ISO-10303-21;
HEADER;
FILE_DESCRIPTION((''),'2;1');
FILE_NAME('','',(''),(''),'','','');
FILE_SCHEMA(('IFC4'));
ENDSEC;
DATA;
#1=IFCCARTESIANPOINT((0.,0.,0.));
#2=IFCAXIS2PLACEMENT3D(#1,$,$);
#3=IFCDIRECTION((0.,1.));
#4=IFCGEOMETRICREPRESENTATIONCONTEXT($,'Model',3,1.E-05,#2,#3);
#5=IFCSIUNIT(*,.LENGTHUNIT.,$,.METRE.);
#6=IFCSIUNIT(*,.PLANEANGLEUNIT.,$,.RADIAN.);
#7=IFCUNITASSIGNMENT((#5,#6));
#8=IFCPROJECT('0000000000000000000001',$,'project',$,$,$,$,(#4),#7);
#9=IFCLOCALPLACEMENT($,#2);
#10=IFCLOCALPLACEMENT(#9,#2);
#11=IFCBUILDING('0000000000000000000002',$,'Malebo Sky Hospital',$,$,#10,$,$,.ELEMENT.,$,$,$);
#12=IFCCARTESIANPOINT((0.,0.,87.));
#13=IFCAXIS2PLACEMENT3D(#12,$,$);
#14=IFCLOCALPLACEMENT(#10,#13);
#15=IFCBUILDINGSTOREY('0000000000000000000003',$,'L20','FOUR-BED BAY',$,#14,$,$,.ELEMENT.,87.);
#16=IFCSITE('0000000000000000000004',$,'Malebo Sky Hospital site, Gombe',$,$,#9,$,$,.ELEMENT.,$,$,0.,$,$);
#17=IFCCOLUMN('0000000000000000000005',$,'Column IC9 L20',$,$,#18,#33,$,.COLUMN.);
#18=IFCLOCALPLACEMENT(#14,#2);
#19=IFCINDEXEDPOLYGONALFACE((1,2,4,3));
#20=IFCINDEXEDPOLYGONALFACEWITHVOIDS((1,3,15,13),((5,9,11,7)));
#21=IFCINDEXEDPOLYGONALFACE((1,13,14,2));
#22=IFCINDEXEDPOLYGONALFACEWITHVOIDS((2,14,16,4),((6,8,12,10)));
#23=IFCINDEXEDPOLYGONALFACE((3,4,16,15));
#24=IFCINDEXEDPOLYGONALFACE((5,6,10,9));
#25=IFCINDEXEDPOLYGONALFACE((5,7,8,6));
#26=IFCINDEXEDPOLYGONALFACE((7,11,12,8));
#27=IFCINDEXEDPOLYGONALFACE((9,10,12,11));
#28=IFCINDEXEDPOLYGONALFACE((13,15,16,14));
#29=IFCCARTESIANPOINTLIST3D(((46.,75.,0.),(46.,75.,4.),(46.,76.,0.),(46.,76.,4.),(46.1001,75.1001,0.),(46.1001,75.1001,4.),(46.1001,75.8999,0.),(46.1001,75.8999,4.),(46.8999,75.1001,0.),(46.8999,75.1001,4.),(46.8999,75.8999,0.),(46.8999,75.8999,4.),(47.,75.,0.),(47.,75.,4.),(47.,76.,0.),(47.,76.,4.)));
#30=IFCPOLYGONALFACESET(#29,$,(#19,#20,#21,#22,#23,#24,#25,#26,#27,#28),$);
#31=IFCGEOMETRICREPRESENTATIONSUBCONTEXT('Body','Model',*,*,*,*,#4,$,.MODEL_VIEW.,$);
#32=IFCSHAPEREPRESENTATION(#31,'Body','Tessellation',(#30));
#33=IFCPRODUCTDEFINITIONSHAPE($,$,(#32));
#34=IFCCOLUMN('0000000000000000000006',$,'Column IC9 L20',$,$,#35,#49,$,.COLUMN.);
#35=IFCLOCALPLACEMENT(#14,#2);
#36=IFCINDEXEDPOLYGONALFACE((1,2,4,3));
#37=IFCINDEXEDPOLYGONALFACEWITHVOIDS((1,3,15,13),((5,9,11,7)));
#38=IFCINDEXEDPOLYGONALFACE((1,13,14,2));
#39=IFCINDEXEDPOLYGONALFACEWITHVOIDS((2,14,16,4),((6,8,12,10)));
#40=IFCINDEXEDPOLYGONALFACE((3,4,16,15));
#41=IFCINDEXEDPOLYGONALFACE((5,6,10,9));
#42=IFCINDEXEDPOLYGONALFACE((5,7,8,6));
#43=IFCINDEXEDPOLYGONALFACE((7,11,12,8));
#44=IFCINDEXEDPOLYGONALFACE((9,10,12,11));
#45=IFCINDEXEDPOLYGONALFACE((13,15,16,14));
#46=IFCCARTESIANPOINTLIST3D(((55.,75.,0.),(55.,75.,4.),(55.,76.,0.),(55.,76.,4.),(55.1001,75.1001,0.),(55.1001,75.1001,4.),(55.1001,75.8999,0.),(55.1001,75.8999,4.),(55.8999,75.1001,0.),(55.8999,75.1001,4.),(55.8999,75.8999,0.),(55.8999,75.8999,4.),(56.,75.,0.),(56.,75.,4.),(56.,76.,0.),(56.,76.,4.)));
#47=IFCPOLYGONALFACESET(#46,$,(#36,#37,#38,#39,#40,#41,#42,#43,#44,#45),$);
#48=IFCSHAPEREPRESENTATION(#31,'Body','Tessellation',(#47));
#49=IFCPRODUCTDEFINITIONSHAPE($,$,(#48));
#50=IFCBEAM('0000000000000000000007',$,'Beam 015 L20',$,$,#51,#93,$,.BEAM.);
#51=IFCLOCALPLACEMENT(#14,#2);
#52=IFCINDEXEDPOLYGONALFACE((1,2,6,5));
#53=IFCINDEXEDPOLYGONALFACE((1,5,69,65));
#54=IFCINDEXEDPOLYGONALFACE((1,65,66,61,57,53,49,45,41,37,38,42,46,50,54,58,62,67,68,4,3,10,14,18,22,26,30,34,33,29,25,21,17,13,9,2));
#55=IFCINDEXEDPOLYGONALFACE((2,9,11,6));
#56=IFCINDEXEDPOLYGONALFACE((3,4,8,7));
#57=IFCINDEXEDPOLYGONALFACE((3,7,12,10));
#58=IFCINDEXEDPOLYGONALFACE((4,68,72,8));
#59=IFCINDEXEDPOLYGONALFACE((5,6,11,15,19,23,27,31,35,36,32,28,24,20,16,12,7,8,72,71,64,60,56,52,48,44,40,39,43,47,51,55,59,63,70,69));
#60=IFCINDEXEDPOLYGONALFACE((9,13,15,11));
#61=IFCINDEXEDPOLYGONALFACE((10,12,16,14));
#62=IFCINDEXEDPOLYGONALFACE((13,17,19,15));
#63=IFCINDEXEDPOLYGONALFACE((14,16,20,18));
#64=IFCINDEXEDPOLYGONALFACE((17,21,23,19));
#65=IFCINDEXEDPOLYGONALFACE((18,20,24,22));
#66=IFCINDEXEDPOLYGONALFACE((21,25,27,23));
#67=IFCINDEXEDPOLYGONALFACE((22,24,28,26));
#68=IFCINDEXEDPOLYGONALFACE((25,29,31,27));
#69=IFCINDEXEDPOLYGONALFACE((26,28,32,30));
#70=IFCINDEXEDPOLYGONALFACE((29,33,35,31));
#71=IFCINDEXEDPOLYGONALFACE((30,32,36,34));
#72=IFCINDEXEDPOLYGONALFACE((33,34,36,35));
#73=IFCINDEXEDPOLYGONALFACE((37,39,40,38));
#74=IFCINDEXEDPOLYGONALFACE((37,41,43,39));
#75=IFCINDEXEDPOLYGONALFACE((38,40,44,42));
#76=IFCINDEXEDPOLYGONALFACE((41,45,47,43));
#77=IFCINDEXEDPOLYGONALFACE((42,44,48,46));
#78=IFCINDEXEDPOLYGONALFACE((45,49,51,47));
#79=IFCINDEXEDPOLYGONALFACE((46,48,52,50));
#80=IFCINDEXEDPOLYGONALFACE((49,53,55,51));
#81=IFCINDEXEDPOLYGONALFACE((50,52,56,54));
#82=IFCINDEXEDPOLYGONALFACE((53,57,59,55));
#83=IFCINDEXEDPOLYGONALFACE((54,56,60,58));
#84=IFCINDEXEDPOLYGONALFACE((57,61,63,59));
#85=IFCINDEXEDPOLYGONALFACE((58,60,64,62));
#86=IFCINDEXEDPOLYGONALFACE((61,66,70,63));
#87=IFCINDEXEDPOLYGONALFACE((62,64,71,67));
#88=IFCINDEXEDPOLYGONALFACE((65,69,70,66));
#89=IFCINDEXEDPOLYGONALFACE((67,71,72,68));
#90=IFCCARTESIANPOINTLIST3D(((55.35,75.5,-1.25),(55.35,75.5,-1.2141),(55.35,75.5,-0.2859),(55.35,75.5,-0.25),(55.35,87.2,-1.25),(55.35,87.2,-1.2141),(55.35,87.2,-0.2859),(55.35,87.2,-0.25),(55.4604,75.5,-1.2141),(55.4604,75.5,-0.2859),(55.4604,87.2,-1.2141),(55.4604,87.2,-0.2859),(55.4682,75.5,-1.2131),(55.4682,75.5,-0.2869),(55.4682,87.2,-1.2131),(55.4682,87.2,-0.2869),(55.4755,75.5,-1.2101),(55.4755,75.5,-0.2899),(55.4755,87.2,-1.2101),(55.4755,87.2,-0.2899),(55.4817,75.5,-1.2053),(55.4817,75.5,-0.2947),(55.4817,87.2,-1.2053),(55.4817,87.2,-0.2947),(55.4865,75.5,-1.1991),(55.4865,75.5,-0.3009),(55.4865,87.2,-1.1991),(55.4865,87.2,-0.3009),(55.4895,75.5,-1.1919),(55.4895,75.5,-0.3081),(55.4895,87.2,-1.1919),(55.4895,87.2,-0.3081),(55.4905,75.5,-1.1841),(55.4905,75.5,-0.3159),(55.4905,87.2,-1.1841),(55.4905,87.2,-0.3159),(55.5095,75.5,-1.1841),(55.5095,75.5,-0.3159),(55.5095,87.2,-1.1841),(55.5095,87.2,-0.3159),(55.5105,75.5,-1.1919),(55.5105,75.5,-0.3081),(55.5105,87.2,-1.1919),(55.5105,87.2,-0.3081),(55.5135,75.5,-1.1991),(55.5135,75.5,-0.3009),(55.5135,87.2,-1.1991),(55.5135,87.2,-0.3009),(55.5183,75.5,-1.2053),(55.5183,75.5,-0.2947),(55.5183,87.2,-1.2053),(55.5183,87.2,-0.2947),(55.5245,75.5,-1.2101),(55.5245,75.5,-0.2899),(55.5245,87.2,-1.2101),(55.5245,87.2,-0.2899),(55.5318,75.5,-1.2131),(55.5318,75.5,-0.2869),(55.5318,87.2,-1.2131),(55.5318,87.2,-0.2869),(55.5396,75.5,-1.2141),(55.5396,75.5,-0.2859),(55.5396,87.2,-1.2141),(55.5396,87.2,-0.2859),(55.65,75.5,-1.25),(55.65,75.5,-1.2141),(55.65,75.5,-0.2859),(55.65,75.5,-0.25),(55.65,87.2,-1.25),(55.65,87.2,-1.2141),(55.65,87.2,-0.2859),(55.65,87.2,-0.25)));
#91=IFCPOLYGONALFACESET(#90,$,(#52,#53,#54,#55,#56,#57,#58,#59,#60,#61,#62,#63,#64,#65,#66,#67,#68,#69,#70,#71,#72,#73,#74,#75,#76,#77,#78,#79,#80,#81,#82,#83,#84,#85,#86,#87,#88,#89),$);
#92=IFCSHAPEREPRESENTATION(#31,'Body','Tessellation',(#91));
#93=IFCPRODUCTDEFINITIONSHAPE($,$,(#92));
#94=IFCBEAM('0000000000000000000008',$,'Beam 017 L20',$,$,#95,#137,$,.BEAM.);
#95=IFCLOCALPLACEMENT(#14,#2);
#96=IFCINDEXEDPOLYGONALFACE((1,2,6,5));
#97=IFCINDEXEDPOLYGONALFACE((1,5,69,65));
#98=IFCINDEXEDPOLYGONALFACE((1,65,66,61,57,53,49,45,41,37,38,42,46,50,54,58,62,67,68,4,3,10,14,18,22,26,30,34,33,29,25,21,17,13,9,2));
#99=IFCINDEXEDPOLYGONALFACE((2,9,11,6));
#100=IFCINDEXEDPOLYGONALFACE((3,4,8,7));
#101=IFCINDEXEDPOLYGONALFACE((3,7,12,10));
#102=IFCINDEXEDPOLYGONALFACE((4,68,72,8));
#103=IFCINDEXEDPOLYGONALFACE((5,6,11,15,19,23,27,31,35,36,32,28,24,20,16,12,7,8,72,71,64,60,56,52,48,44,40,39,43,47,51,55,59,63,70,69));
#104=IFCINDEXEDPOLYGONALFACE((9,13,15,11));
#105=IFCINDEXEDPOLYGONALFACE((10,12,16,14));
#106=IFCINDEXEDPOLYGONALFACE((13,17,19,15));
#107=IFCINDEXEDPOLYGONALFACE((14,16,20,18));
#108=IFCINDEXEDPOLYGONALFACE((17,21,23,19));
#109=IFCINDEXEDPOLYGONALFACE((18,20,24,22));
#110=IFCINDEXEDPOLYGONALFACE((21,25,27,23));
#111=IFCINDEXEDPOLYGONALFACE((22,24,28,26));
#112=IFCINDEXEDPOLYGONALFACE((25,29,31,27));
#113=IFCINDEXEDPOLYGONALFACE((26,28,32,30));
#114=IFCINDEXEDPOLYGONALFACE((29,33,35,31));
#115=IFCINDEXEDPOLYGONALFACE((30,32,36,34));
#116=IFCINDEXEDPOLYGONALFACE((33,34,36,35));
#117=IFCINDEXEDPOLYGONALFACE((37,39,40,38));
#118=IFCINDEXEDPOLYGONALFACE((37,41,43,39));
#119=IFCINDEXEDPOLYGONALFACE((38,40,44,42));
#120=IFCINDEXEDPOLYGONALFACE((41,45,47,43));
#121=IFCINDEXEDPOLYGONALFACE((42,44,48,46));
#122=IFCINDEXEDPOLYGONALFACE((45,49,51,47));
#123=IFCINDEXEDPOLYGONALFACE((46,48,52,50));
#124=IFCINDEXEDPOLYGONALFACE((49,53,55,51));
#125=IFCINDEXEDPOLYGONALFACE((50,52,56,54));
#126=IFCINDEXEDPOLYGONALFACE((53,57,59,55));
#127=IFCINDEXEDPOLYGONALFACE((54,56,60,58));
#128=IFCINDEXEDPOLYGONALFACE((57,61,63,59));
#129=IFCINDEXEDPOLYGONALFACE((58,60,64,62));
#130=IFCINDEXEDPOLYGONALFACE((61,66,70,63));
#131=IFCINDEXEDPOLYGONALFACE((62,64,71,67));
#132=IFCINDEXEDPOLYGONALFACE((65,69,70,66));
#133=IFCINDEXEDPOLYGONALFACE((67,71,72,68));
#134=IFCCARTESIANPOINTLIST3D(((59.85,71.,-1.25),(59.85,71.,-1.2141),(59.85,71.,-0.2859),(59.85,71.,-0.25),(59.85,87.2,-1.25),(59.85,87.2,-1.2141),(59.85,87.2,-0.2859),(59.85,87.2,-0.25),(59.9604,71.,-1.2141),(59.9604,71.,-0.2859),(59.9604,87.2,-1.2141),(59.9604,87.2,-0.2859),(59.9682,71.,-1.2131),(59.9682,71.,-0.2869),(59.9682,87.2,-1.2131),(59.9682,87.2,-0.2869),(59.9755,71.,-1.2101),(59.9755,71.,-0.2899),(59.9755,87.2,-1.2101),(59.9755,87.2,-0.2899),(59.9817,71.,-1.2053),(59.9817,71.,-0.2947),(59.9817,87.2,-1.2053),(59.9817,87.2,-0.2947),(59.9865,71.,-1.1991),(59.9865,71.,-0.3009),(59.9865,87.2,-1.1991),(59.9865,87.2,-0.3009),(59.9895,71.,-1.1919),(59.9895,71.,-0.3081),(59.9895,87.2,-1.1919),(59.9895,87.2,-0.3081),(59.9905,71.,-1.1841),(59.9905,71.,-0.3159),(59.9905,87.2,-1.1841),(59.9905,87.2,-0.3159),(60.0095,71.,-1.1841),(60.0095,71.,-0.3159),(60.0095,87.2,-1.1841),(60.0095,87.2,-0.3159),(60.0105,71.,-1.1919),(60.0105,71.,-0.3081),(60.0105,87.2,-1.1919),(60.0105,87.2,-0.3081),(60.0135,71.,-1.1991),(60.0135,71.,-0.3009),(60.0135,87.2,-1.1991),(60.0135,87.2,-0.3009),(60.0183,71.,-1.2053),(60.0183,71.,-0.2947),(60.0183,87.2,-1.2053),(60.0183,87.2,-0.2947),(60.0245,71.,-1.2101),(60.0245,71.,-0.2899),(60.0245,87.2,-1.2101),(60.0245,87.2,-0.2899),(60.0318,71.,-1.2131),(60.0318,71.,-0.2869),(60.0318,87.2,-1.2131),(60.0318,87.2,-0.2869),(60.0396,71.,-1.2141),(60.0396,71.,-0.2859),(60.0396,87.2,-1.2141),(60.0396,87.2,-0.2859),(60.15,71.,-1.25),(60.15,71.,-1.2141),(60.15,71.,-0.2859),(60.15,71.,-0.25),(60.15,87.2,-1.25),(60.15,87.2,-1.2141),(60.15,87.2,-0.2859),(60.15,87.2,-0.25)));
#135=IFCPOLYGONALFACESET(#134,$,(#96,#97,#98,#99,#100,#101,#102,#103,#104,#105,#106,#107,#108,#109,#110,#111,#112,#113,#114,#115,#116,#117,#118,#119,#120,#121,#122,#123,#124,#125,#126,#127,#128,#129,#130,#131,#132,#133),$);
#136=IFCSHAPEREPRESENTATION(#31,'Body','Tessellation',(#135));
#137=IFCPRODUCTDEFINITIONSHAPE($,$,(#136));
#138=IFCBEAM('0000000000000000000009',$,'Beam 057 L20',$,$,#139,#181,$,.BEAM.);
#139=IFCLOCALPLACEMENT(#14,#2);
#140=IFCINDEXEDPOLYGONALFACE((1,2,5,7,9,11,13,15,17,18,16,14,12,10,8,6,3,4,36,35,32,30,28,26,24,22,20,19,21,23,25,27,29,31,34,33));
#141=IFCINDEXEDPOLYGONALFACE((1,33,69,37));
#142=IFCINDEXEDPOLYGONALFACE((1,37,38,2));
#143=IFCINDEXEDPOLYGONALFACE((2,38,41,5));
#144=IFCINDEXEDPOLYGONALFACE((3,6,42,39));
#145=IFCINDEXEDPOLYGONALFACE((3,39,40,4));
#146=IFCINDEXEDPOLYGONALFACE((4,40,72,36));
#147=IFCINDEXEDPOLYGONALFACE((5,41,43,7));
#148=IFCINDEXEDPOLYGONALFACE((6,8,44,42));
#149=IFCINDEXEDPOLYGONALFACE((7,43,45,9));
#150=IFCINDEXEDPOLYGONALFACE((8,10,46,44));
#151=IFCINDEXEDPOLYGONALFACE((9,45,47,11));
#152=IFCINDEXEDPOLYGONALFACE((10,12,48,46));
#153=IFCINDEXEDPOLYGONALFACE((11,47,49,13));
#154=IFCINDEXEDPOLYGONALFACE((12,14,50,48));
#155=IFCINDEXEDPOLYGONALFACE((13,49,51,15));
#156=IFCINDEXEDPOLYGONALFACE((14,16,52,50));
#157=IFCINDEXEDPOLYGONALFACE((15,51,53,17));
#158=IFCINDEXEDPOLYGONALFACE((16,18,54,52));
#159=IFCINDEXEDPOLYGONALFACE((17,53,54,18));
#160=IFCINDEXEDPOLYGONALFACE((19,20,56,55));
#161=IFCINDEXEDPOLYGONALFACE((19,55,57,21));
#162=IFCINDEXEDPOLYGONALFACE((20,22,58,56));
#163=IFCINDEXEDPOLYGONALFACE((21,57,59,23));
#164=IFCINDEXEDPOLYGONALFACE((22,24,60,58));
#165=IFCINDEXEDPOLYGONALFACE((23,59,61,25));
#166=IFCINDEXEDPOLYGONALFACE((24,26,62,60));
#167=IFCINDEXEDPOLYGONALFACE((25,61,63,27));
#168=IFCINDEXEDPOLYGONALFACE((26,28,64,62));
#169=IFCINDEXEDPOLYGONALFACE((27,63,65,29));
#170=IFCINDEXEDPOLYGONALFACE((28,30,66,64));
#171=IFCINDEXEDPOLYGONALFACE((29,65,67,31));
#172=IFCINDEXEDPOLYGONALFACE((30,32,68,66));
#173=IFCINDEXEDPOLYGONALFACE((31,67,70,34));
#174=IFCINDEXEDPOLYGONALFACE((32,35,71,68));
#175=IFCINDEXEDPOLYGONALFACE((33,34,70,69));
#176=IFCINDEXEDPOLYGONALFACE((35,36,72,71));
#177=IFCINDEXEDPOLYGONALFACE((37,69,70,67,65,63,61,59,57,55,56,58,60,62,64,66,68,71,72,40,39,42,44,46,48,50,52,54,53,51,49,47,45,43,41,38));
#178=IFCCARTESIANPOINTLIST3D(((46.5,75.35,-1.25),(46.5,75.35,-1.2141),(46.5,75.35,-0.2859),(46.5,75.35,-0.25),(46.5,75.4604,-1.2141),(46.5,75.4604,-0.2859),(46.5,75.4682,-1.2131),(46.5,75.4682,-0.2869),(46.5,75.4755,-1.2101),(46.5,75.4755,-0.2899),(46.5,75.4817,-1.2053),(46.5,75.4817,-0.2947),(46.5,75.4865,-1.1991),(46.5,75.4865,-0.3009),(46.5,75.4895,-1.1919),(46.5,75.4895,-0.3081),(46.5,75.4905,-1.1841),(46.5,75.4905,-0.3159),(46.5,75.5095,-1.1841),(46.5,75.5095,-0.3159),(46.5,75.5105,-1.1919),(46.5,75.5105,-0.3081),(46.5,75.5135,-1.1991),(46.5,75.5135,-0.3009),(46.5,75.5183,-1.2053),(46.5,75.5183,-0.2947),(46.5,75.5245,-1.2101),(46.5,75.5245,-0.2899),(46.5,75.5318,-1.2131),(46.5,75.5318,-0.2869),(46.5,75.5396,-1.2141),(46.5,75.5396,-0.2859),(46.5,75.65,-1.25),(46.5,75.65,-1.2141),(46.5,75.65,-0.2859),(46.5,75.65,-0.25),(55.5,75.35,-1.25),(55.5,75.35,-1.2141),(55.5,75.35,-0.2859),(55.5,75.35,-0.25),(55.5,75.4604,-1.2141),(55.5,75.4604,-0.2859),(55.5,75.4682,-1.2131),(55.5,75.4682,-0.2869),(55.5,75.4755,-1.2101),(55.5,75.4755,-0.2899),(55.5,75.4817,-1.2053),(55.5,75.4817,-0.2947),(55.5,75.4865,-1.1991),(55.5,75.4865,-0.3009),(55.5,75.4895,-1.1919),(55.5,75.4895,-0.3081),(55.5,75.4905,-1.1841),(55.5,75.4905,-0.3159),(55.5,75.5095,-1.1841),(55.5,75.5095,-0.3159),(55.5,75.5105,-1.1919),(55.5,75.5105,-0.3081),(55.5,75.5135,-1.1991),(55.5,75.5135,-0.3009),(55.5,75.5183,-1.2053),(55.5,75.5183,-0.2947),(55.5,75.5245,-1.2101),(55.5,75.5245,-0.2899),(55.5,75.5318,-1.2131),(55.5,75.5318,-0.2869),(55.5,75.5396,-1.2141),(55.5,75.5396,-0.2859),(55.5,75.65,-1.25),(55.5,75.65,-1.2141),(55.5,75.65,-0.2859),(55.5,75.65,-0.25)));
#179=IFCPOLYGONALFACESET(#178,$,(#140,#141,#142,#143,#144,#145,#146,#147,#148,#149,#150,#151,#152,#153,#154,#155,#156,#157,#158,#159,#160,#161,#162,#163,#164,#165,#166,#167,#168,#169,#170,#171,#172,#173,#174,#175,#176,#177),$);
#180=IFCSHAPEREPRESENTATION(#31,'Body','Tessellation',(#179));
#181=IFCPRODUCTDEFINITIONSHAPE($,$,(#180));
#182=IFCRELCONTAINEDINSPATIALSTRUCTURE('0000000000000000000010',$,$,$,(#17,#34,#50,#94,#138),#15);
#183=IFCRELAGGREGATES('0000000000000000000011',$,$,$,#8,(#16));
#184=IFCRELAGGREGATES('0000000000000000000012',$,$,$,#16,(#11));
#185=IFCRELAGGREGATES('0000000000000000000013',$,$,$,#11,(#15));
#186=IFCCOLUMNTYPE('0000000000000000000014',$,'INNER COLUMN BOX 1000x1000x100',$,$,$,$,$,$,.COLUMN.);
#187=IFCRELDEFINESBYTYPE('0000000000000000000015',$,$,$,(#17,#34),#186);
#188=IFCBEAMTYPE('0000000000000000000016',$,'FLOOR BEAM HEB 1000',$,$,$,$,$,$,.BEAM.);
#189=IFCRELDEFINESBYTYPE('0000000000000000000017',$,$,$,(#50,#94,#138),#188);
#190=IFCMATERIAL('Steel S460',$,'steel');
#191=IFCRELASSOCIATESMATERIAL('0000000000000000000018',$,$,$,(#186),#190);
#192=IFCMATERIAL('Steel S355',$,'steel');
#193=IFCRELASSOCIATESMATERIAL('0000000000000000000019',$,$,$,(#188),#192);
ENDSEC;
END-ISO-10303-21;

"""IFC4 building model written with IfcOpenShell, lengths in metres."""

from ifc_helpers import new_model, si_unit, direction, frame, origin, origin_2d, place, context, subcontext, project, spatial, hollow_rectangle, i_section, extrude, material, material_profile, profile_set, type_object, element, save


model = new_model("IFC4")

# Units and contexts
model_context = context("Model", 3, precision=1e-05, world=origin(), true_north=direction((0.0, 1.0)))
body_context = subcontext(model_context, "Body", "Model", "MODEL_VIEW")
ifc_project = project(units=[si_unit("LENGTHUNIT", "METRE"), si_unit("PLANEANGLEUNIT", "RADIAN")], contexts=[model_context])

# Site, building, storey
site_placement = place(None, origin())
site = spatial("IfcSite", under=ifc_project, at=site_placement, Name="Malebo Sky Hospital site, Gombe", CompositionType="ELEMENT", RefElevation=0.0)
building_placement = place(site_placement, origin())
building = spatial("IfcBuilding", under=site, at=building_placement, Name="Malebo Sky Hospital", CompositionType="ELEMENT")
storey_placement = place(building_placement, frame((0.0, 0.0, 87.0)))
storey = spatial("IfcBuildingStorey", under=building, at=storey_placement, Name="L20", Description="FOUR-BED BAY", CompositionType="ELEMENT", Elevation=87.0)

# Columns
ifc_material_1 = material(Name="Steel S460", Category="steel")
ifc_material_profile_1 = material_profile(ifc_material_1, hollow_rectangle(XDim=1.0, YDim=1.0, WallThickness=0.1001, at=origin_2d()), Name="BOX 1000x1000x100")
ifc_profile_set_1 = profile_set([ifc_material_profile_1], Name="Steel S460")
column_type = type_object("IfcColumnType", Name="INNER COLUMN BOX 1000x1000x100", PredefinedType="COLUMN", material=ifc_profile_set_1)
for number, where, z_axis, x_axis, name in (
    (1, (46.5, 75.5, 0.0), (0.0, 0.0, 1.0), (1.0, 0.0, 0.0), "Column IC9 L20"),
    (2, (55.5, 75.5, 0.0), (0.0, 0.0, 1.0), (1.0, 0.0, 0.0), "Column IC9 L20"),
):
    element("IfcColumn", number, at=place(storey_placement, frame(where, z_axis=z_axis, x_axis=x_axis)), inside=storey, type_object=column_type, Name=name, PredefinedType="COLUMN", context=body_context, shape_type="SweptSolid", body=[
        extrude(hollow_rectangle(XDim=1.0, YDim=1.0, WallThickness=0.1001, at=origin_2d()), origin(), (0.0, 0.0, 1.0), 4.0),
    ])

# Beams
ifc_material_2 = material(Name="Steel S355", Category="steel")
ifc_material_profile_2 = material_profile(ifc_material_2, i_section(OverallWidth=0.3, OverallDepth=1.0, WebThickness=0.019, FlangeThickness=0.0359, FilletRadius=0.03, at=origin_2d()), Name="HEB 1000")
ifc_profile_set_2 = profile_set([ifc_material_profile_2], Name="Steel S355")
beam_type_1 = type_object("IfcBeamType", Name="FLOOR BEAM HEB 1000", PredefinedType="BEAM", material=ifc_profile_set_2)
beam_1_placement = place(storey_placement, frame((55.5, 75.5, -0.75), z_axis=(0.0, 1.0, 0.0), x_axis=(-1.0, 0.0, 0.0)))
element("IfcBeam", 3, at=beam_1_placement, inside=storey, type_object=beam_type_1, Name="Beam 015 L20", PredefinedType="BEAM", context=body_context, shape_type="SweptSolid", body=[
    extrude(i_section(OverallWidth=0.3, OverallDepth=1.0, WebThickness=0.019, FlangeThickness=0.0359, FilletRadius=0.03, at=origin_2d()), origin(), (0.0, 0.0, 1.0), 11.7),
])
beam_2_placement = place(storey_placement, frame((60.0, 71.0, -0.75), z_axis=(0.0, 1.0, 0.0), x_axis=(-1.0, 0.0, 0.0)))
element("IfcBeam", 4, at=beam_2_placement, inside=storey, type_object=beam_type_1, Name="Beam 017 L20", PredefinedType="BEAM", context=body_context, shape_type="SweptSolid", body=[
    extrude(i_section(OverallWidth=0.3, OverallDepth=1.0, WebThickness=0.019, FlangeThickness=0.0359, FilletRadius=0.03, at=origin_2d()), origin(), (0.0, 0.0, 1.0), 16.2),
])
beam_3_placement = place(storey_placement, frame((46.5, 75.5, -0.75), z_axis=(1.0, 0.0, 0.0), x_axis=(0.0, 1.0, 0.0)))
element("IfcBeam", 5, at=beam_3_placement, inside=storey, type_object=beam_type_1, Name="Beam 057 L20", PredefinedType="BEAM", context=body_context, shape_type="SweptSolid", body=[
    extrude(i_section(OverallWidth=0.3, OverallDepth=1.0, WebThickness=0.019, FlangeThickness=0.0359, FilletRadius=0.03, at=origin_2d()), origin(), (0.0, 0.0, 1.0), 9.0),
])

save(model, "model.ifc")
